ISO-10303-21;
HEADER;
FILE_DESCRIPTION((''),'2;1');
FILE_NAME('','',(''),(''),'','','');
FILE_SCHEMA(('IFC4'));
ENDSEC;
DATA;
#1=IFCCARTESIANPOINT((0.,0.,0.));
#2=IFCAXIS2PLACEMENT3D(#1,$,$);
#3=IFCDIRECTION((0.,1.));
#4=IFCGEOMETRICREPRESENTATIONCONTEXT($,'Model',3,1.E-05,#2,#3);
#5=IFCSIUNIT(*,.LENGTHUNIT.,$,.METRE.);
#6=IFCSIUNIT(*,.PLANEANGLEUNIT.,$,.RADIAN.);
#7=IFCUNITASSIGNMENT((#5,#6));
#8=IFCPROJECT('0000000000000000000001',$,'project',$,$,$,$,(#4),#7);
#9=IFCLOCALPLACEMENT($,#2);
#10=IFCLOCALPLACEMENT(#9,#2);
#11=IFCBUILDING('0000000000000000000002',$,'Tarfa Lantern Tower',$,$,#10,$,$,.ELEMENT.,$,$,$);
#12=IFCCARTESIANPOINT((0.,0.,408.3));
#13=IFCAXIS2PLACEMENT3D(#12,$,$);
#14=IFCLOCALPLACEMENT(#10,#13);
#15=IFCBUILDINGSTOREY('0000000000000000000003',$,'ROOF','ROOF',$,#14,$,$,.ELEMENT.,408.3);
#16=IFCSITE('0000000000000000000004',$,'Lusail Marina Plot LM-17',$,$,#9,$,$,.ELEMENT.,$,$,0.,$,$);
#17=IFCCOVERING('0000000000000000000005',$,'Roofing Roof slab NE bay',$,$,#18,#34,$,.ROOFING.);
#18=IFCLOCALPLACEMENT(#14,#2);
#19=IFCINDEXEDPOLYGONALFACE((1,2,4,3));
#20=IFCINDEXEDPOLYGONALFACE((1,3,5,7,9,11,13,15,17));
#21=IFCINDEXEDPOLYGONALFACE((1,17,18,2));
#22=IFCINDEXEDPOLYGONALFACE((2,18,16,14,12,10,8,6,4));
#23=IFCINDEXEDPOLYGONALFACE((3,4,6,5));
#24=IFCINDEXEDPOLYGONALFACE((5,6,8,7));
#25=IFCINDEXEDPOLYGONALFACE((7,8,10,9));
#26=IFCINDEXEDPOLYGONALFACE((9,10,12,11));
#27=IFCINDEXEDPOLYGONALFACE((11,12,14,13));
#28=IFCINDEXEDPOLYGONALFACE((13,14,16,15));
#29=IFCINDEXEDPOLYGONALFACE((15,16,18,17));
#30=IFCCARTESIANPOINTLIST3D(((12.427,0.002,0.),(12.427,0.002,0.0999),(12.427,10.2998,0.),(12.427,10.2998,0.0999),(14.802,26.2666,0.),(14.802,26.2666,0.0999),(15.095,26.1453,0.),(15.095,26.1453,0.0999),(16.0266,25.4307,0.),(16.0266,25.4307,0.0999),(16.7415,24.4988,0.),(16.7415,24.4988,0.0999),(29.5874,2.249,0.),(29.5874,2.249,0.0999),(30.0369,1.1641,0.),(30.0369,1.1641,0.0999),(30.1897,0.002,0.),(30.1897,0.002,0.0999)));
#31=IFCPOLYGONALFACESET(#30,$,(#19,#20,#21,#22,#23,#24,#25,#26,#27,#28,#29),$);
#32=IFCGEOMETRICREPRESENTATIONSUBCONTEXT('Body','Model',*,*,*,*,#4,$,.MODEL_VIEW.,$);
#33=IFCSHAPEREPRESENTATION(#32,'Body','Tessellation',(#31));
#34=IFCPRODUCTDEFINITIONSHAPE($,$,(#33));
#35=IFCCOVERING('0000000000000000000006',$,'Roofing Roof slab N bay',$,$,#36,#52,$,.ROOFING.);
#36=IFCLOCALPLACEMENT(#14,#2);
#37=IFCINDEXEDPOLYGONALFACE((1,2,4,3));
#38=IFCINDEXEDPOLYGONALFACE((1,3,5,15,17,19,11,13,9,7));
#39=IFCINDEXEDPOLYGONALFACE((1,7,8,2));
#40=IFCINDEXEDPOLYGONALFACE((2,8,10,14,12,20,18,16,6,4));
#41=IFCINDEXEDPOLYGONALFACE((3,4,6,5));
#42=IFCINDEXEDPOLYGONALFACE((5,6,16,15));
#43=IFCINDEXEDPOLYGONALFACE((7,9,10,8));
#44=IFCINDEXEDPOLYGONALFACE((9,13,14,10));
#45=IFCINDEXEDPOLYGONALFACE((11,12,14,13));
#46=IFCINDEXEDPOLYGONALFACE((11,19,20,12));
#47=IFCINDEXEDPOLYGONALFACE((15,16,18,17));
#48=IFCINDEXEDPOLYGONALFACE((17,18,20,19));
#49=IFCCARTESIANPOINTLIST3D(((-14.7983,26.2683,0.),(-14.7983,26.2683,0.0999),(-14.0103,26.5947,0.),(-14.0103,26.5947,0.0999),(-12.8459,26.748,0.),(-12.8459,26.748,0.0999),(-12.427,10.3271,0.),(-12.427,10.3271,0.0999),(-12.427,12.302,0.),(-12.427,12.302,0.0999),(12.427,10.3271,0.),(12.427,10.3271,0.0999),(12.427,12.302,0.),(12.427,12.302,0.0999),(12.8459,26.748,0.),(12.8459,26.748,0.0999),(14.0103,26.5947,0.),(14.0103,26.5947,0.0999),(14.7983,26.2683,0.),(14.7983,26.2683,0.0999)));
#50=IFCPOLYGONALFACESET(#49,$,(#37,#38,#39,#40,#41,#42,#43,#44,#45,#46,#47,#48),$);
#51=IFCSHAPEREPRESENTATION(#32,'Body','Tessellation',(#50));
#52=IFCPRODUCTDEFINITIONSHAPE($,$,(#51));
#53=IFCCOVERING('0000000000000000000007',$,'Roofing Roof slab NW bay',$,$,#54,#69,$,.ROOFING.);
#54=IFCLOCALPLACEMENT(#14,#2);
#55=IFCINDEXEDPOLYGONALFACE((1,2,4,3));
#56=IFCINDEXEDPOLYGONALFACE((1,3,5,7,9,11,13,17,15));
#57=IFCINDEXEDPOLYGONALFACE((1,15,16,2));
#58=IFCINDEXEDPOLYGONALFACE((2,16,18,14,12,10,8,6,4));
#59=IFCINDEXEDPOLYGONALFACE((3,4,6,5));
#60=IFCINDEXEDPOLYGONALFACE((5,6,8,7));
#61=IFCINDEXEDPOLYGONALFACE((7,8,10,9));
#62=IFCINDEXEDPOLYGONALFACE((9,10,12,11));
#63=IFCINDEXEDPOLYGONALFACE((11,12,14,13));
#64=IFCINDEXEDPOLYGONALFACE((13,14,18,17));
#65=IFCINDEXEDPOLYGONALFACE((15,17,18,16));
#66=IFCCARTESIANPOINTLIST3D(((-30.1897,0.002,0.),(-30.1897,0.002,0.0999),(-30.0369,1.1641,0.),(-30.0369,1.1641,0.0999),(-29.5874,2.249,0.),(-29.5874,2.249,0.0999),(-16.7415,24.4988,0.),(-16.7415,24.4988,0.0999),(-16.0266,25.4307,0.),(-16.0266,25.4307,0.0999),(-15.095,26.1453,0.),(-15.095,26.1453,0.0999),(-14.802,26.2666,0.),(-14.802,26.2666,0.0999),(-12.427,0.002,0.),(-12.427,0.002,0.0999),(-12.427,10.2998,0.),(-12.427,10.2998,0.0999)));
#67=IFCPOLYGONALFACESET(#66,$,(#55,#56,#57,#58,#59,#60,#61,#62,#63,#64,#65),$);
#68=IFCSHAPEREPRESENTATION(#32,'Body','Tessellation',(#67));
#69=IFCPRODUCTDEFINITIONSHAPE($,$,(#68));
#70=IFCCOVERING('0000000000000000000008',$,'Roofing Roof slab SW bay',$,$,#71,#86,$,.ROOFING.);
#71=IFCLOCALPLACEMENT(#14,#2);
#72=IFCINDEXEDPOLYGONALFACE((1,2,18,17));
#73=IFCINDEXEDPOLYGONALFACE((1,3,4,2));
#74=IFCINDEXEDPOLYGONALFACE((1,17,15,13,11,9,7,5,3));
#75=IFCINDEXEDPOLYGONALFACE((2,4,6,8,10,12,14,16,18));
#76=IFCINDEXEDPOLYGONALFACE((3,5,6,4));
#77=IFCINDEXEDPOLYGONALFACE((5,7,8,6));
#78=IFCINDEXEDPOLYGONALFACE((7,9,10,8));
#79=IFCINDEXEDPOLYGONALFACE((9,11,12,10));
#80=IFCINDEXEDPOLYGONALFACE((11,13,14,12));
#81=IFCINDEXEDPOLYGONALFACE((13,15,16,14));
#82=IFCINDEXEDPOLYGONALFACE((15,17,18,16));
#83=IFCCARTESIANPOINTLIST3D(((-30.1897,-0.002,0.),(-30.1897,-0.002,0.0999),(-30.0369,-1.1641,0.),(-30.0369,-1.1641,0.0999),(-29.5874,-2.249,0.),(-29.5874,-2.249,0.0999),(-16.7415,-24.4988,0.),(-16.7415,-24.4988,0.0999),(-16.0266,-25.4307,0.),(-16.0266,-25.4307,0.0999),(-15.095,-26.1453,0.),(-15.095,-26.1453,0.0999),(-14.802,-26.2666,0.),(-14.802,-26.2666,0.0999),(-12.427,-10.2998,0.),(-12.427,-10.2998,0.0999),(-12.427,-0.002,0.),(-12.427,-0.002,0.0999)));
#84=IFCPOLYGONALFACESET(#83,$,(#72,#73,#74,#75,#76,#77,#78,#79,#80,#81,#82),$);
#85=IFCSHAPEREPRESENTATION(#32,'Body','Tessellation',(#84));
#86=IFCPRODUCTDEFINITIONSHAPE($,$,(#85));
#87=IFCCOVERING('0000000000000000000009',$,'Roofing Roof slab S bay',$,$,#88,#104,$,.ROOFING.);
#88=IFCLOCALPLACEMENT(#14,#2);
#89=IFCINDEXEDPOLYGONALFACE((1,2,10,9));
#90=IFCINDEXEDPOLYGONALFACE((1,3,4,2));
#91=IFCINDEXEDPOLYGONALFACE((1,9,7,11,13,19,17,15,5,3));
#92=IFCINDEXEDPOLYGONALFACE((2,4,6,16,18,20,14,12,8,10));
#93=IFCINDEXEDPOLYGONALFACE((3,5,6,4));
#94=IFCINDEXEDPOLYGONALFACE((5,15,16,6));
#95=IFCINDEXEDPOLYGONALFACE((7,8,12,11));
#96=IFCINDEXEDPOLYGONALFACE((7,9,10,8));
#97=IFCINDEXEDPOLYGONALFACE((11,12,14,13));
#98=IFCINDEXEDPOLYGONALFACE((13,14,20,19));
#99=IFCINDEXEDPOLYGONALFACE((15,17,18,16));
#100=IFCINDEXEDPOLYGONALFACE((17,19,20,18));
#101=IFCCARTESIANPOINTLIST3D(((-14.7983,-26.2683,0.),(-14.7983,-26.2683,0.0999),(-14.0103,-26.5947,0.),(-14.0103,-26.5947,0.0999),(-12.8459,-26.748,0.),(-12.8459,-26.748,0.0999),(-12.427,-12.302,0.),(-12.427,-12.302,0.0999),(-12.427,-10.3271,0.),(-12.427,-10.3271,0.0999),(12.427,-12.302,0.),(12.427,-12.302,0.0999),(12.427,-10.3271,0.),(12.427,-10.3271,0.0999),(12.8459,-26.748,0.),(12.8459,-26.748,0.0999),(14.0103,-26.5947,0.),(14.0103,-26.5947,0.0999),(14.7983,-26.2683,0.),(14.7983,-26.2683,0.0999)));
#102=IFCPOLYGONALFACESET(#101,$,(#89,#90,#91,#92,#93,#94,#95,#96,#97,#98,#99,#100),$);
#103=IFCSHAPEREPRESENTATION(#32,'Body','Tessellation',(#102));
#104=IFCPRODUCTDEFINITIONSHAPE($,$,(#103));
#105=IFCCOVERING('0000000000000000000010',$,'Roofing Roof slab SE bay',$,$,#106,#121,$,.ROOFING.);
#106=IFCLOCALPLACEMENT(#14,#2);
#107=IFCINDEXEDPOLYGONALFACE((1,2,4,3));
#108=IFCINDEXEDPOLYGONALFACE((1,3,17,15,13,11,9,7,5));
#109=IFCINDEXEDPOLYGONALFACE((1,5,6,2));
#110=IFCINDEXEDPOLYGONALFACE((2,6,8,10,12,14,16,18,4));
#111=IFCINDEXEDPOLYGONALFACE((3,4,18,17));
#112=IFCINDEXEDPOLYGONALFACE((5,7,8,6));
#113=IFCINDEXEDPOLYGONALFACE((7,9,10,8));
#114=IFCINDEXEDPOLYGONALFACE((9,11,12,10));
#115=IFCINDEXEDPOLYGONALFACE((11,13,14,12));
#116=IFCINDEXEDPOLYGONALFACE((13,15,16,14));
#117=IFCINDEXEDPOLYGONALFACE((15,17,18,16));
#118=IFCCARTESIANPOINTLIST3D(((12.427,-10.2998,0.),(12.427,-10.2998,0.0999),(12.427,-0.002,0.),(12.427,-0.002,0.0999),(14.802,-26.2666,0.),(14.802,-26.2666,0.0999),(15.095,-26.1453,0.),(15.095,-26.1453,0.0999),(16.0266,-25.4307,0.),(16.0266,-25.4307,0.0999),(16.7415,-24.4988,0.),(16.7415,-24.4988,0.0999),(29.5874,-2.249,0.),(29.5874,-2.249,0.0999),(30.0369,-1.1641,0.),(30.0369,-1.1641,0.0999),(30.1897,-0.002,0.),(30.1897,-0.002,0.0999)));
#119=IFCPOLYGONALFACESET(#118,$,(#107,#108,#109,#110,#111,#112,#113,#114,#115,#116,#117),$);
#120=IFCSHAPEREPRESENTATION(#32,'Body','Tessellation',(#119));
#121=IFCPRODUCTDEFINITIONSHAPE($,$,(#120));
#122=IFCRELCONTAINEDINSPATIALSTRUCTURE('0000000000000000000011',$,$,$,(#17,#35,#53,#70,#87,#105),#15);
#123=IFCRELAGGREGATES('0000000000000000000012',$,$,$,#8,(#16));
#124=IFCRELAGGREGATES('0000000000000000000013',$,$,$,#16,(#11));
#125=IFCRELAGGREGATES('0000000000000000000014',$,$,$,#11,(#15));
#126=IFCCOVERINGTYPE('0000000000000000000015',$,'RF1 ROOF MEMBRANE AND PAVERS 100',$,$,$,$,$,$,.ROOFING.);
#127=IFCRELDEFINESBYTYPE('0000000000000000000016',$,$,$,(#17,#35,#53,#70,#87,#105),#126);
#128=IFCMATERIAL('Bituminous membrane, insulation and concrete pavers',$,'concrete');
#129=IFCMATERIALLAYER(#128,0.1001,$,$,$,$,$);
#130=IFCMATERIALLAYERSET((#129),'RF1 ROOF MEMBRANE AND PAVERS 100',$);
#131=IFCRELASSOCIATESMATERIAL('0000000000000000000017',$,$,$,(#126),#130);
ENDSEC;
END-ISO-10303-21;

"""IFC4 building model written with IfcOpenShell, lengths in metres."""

from ifc_helpers import new_model, si_unit, direction, frame, origin, place, context, subcontext, project, spatial, polyline, outline, extrude, material, layer, layer_set, type_object, element, save


model = new_model("IFC4")

# Units and contexts
model_context = context("Model", 3, precision=1e-05, world=origin(), true_north=direction((0.0, 1.0)))
body_context = subcontext(model_context, "Body", "Model", "MODEL_VIEW")
ifc_project = project(units=[si_unit("LENGTHUNIT", "METRE"), si_unit("PLANEANGLEUNIT", "RADIAN")], contexts=[model_context])

# Site, building, storey
site_placement = place(None, origin())
site = spatial("IfcSite", under=ifc_project, at=site_placement, Name="Lusail Marina Plot LM-17", CompositionType="ELEMENT", RefElevation=0.0)
building_placement = place(site_placement, origin())
building = spatial("IfcBuilding", under=site, at=building_placement, Name="Tarfa Lantern Tower", CompositionType="ELEMENT")
storey_placement = place(building_placement, frame((0.0, 0.0, 408.3)))
storey = spatial("IfcBuildingStorey", under=building, at=storey_placement, Name="ROOF", Description="ROOF", CompositionType="ELEMENT", Elevation=408.3)

# Coverings
ifc_material_1 = material(Name="Bituminous membrane, insulation and concrete pavers", Category="concrete")
ifc_layer_1 = layer(ifc_material_1, 0.1001)
ifc_layer_set_1 = layer_set([ifc_layer_1], Name="RF1 ROOF MEMBRANE AND PAVERS 100")
covering_type_1 = type_object("IfcCoveringType", Name="RF1 ROOF MEMBRANE AND PAVERS 100", PredefinedType="ROOFING", material=ifc_layer_set_1)
covering_1_placement = place(storey_placement, origin())
element("IfcCovering", 1, at=covering_1_placement, inside=storey, type_object=covering_type_1, Name="Roofing Roof slab NE bay", PredefinedType="ROOFING", context=body_context, shape_type="SweptSolid", body=[
    extrude(outline(polyline([(29.5874, 2.249), (16.7415, 24.4988), (16.0266, 25.4307), (15.095, 26.1453), (14.802, 26.2666), (12.427, 10.2998), (12.427, 0.002), (30.1897, 0.002), (30.0369, 1.1641), (29.5874, 2.249)])), origin(), (0.0, 0.0, 1.0), 0.0999),
])
covering_2_placement = place(storey_placement, origin())
element("IfcCovering", 2, at=covering_2_placement, inside=storey, type_object=covering_type_1, Name="Roofing Roof slab N bay", PredefinedType="ROOFING", context=body_context, shape_type="SweptSolid", body=[
    extrude(outline(polyline([(-12.427, 10.3271), (-12.427, 12.302), (12.427, 12.302), (12.427, 10.3271), (14.7983, 26.2683), (14.0103, 26.5947), (12.8459, 26.748), (-12.8459, 26.748), (-14.0103, 26.5947), (-14.7983, 26.2683), (-12.427, 10.3271)])), origin(), (0.0, 0.0, 1.0), 0.0999),
])
covering_3_placement = place(storey_placement, origin())
element("IfcCovering", 3, at=covering_3_placement, inside=storey, type_object=covering_type_1, Name="Roofing Roof slab NW bay", PredefinedType="ROOFING", context=body_context, shape_type="SweptSolid", body=[
    extrude(outline(polyline([(-12.427, 0.002), (-12.427, 10.2998), (-14.802, 26.2666), (-15.095, 26.1453), (-16.0266, 25.4307), (-16.7415, 24.4988), (-29.5874, 2.249), (-30.0369, 1.1641), (-30.1897, 0.002), (-12.427, 0.002)])), origin(), (0.0, 0.0, 1.0), 0.0999),
])
covering_4_placement = place(storey_placement, origin())
element("IfcCovering", 4, at=covering_4_placement, inside=storey, type_object=covering_type_1, Name="Roofing Roof slab SW bay", PredefinedType="ROOFING", context=body_context, shape_type="SweptSolid", body=[
    extrude(outline(polyline([(-12.427, -10.2998), (-12.427, -0.002), (-30.1897, -0.002), (-30.0369, -1.1641), (-29.5874, -2.249), (-16.7415, -24.4988), (-16.0266, -25.4307), (-15.095, -26.1453), (-14.802, -26.2666), (-12.427, -10.2998)])), origin(), (0.0, 0.0, 1.0), 0.0999),
])
covering_5_placement = place(storey_placement, origin())
element("IfcCovering", 5, at=covering_5_placement, inside=storey, type_object=covering_type_1, Name="Roofing Roof slab S bay", PredefinedType="ROOFING", context=body_context, shape_type="SweptSolid", body=[
    extrude(outline(polyline([(12.427, -10.3271), (12.427, -12.302), (-12.427, -12.302), (-12.427, -10.3271), (-14.7983, -26.2683), (-14.0103, -26.5947), (-12.8459, -26.748), (12.8459, -26.748), (14.0103, -26.5947), (14.7983, -26.2683), (12.427, -10.3271)])), origin(), (0.0, 0.0, 1.0), 0.0999),
])
covering_6_placement = place(storey_placement, origin())
element("IfcCovering", 6, at=covering_6_placement, inside=storey, type_object=covering_type_1, Name="Roofing Roof slab SE bay", PredefinedType="ROOFING", context=body_context, shape_type="SweptSolid", body=[
    extrude(outline(polyline([(12.427, -0.002), (12.427, -10.2998), (14.802, -26.2666), (15.095, -26.1453), (16.0266, -25.4307), (16.7415, -24.4988), (29.5874, -2.249), (30.0369, -1.1641), (30.1897, -0.002), (12.427, -0.002)])), origin(), (0.0, 0.0, 1.0), 0.0999),
])

save(model, "model.ifc")
